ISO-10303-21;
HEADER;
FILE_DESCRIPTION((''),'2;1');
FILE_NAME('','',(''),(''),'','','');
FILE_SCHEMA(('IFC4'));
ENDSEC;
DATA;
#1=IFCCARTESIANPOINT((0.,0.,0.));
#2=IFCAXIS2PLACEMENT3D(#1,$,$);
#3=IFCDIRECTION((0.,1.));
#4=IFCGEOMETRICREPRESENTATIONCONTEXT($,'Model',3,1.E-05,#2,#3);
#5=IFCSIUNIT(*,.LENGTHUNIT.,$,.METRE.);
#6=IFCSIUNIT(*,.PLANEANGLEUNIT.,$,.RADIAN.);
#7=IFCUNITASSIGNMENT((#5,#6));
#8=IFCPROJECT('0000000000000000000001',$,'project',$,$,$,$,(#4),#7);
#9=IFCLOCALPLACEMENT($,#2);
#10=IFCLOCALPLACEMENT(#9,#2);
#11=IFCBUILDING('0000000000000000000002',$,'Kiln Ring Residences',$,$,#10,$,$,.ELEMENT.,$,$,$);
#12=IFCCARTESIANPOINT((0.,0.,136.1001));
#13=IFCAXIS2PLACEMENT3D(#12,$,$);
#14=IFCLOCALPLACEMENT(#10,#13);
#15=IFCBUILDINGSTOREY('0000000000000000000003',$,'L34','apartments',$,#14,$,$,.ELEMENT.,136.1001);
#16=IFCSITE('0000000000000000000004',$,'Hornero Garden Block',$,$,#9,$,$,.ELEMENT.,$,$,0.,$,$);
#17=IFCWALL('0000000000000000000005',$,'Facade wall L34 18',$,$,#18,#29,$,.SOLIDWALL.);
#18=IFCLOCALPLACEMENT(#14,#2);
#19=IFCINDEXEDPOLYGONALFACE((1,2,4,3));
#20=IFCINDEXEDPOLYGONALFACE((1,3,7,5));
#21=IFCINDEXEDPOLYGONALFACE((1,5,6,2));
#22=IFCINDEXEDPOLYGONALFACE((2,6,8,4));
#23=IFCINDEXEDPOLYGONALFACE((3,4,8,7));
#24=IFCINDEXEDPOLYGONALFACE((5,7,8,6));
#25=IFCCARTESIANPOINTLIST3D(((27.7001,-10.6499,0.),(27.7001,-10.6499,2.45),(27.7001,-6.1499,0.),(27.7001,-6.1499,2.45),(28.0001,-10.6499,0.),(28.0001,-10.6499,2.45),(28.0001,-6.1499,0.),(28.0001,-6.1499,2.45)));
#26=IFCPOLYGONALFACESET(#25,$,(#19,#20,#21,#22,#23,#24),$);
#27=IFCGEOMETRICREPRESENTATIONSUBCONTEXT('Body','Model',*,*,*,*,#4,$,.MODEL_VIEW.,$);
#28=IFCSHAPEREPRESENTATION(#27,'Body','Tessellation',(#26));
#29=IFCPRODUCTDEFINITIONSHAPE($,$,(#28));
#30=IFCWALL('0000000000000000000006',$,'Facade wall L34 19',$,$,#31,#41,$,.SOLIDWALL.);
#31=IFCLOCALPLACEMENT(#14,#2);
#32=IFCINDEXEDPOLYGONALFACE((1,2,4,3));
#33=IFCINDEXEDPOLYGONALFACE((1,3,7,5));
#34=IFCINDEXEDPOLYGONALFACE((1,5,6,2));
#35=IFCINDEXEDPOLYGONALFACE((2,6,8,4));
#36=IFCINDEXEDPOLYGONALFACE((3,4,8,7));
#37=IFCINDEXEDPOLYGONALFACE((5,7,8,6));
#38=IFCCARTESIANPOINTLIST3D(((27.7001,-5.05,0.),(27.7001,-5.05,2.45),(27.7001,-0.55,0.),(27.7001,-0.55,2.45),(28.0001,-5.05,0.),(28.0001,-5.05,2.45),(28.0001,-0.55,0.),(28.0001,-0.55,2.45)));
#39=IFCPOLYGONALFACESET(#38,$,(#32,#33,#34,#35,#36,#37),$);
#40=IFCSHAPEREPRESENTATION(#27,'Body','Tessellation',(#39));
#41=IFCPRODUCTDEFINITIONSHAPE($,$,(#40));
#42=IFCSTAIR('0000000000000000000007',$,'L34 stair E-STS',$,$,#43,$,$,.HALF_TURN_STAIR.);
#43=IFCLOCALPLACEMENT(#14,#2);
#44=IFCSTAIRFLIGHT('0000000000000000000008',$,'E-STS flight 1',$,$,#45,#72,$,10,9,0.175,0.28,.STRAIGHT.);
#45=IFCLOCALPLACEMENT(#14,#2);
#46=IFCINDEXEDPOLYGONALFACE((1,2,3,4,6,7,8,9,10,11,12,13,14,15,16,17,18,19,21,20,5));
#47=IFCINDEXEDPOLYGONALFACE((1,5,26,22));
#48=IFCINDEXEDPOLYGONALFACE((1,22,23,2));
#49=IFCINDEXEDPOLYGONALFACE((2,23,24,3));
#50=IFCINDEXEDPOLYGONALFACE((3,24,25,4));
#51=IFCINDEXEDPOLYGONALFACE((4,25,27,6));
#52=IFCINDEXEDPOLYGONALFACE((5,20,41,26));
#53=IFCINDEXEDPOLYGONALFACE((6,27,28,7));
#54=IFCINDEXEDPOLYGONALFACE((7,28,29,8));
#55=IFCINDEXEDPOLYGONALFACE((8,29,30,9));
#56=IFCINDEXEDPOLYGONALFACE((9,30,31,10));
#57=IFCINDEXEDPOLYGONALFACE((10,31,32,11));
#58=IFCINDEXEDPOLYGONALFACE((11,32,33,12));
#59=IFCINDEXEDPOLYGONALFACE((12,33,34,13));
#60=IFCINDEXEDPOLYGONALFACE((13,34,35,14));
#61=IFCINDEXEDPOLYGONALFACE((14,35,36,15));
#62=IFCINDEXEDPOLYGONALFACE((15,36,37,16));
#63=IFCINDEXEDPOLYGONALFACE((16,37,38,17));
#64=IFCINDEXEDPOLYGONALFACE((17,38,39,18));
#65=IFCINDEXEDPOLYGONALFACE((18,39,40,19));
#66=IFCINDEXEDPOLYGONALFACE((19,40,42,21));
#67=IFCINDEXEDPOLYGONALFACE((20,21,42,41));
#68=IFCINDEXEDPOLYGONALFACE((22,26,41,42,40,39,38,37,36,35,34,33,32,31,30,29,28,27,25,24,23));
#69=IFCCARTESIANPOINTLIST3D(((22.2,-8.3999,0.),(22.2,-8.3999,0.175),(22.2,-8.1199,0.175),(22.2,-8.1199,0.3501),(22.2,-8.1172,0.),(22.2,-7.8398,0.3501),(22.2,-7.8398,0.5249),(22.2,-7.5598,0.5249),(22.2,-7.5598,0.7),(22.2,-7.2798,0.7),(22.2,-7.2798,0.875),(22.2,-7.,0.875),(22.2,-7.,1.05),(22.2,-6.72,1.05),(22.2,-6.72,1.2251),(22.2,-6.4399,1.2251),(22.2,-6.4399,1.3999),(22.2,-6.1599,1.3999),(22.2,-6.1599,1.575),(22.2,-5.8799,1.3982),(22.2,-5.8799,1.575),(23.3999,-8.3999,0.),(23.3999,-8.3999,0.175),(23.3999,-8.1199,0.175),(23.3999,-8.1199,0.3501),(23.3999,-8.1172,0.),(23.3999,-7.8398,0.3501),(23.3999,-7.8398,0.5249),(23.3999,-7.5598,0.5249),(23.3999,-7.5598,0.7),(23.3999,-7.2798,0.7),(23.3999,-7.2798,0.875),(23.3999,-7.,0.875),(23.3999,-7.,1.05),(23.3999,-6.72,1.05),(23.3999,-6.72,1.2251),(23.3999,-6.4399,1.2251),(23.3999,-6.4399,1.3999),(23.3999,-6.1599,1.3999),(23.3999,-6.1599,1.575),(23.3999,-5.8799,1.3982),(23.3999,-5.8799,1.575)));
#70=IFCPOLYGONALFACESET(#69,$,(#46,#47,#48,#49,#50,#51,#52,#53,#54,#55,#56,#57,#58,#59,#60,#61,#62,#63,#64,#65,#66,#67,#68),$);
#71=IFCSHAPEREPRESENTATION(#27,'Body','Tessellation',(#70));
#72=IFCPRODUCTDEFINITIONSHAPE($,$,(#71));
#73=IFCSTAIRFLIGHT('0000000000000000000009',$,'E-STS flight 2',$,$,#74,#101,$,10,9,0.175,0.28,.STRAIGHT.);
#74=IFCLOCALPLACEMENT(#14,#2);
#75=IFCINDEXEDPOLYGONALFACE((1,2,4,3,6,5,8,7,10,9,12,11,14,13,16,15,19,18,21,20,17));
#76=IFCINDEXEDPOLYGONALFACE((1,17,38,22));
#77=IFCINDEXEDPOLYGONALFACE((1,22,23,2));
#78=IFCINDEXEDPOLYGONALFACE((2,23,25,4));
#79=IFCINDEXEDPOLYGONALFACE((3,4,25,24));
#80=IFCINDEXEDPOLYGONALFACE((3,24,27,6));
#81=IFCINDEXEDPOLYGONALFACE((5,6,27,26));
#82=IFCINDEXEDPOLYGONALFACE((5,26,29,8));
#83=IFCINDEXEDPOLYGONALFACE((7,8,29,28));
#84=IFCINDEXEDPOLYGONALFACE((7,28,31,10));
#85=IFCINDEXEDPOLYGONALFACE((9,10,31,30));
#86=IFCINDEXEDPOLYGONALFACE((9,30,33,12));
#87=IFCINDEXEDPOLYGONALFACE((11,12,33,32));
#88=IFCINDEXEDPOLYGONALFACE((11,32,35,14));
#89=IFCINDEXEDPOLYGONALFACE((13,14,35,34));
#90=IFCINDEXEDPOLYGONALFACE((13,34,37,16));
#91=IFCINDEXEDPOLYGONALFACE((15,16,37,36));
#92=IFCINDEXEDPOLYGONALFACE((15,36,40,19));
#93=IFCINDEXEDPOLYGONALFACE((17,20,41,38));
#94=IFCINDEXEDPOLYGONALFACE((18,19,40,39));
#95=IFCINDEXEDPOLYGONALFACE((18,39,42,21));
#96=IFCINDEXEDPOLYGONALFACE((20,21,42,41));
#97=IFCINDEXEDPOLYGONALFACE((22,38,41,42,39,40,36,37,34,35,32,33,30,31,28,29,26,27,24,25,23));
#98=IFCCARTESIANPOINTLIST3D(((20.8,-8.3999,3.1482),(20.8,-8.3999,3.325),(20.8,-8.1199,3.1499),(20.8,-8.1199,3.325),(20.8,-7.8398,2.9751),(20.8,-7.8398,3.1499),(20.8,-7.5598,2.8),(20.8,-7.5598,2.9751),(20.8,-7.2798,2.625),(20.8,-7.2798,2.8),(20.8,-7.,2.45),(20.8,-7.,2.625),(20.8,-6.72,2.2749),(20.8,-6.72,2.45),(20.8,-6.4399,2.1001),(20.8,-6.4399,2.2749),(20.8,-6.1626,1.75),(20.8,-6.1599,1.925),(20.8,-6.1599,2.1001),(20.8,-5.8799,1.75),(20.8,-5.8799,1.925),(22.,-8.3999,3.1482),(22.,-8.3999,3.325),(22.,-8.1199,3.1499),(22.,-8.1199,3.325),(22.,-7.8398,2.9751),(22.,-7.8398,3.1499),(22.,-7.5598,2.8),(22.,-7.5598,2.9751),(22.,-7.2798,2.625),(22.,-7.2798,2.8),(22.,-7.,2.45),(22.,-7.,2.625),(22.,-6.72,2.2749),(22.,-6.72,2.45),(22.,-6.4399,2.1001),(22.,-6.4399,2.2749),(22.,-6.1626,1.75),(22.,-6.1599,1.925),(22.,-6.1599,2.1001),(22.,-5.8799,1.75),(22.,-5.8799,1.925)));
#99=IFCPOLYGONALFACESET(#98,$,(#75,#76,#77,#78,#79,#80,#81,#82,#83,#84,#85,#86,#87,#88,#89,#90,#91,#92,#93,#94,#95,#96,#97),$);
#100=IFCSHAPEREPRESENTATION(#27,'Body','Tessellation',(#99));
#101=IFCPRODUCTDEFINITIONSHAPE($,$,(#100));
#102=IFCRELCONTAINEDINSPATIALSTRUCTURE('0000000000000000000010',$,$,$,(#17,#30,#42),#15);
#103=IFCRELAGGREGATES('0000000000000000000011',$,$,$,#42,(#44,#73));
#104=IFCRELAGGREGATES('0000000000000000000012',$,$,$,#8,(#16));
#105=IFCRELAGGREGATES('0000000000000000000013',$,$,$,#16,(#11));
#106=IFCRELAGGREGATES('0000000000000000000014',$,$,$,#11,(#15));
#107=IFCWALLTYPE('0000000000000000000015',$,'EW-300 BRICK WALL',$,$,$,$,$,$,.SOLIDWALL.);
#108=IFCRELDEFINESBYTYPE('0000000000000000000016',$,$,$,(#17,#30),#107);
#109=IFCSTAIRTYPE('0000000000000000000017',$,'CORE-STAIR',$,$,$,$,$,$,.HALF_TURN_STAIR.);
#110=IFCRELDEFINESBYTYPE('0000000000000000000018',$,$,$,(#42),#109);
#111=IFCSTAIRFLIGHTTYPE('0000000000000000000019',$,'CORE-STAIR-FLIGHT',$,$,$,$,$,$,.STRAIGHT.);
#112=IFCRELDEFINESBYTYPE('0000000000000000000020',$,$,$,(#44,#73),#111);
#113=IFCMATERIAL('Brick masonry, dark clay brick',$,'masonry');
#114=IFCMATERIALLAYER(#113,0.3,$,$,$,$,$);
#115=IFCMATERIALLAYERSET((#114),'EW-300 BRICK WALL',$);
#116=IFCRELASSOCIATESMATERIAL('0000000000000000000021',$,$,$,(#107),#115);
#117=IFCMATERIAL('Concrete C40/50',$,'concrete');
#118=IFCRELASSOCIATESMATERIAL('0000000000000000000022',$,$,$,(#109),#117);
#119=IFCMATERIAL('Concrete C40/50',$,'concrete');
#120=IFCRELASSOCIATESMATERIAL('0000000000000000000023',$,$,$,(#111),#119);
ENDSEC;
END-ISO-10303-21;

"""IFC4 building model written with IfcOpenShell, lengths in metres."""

from ifc_helpers import new_model, si_unit, direction, frame, frame_2d, origin, place, context, subcontext, project, spatial, polyline, rectangle, outline, extrude, material, layer, layer_set, type_object, element, aggregate, save


model = new_model("IFC4")

# Units and contexts
model_context = context("Model", 3, precision=1e-05, world=origin(), true_north=direction((0.0, 1.0)))
body_context = subcontext(model_context, "Body", "Model", "MODEL_VIEW")
ifc_project = project(units=[si_unit("LENGTHUNIT", "METRE"), si_unit("PLANEANGLEUNIT", "RADIAN")], contexts=[model_context])

# Site, building, storey
site_placement = place(None, origin())
site = spatial("IfcSite", under=ifc_project, at=site_placement, Name="Hornero Garden Block", CompositionType="ELEMENT", RefElevation=0.0)
building_placement = place(site_placement, origin())
building = spatial("IfcBuilding", under=site, at=building_placement, Name="Kiln Ring Residences", CompositionType="ELEMENT")
storey_placement = place(building_placement, frame((0.0, 0.0, 136.1001)))
storey = spatial("IfcBuildingStorey", under=building, at=storey_placement, Name="L34", Description="apartments", CompositionType="ELEMENT", Elevation=136.1001)

# Walls
ifc_material_1 = material(Name="Brick masonry, dark clay brick", Category="masonry")
ifc_layer_1 = layer(ifc_material_1, 0.3)
ifc_layer_set_1 = layer_set([ifc_layer_1], Name="EW-300 BRICK WALL")
wall_type_1 = type_object("IfcWallType", Name="EW-300 BRICK WALL", PredefinedType="SOLIDWALL", material=ifc_layer_set_1)
for number, where, z_axis, x_axis, name in (
    (1, (27.8501, -10.6499, 0.0), (0.0, 0.0, 1.0), (0.0, 1.0, 0.0), "Facade wall L34 18"),
    (2, (27.8501, -5.05, 0.0), (0.0, 0.0, 1.0), (0.0, 1.0, 0.0), "Facade wall L34 19"),
):
    element("IfcWall", number, at=place(storey_placement, frame(where, z_axis=z_axis, x_axis=x_axis)), inside=storey, type_object=wall_type_1, Name=name, PredefinedType="SOLIDWALL", context=body_context, shape_type="SweptSolid", body=[
        extrude(rectangle(XDim=4.5, YDim=0.3, at=frame_2d((2.25, 0.0))), origin(), (0.0, 0.0, 1.0), 2.45),
    ])

# Stair, stair flights
ifc_material_2 = material(Name="Concrete C40/50", Category="concrete")
stair_type = type_object("IfcStairType", Name="CORE-STAIR", PredefinedType="HALF_TURN_STAIR", material=ifc_material_2)
stair_placement = place(storey_placement, origin())
stair = element("IfcStair", 3, at=stair_placement, inside=storey, type_object=stair_type, Name="L34 stair E-STS", PredefinedType="HALF_TURN_STAIR")
ifc_material_3 = material(Name="Concrete C40/50", Category="concrete")
stair_flight_type = type_object("IfcStairFlightType", Name="CORE-STAIR-FLIGHT", PredefinedType="STRAIGHT", material=ifc_material_3)
stair_flight_1_placement = place(storey_placement, frame((22.8, -8.3999, 0.0), z_axis=(0.0, 0.0, 1.0), x_axis=(0.0, 1.0, 0.0)))
stair_flight_1 = element("IfcStairFlight", 4, at=stair_flight_1_placement, type_object=stair_flight_type, Name="E-STS flight 1", NumberOfRisers=10, NumberOfTreads=9, PredefinedType="STRAIGHT", RiserHeight=0.175, TreadLength=0.28, context=body_context, shape_type="SweptSolid", body=[
    extrude(outline(polyline([(0.0, 0.0), (0.0, 0.175), (0.28, 0.175), (0.28, 0.3501), (0.5601, 0.3501), (0.5601, 0.5249), (0.8401, 0.5249), (0.8401, 0.7), (1.1201, 0.7), (1.1201, 0.875), (1.3999, 0.875), (1.3999, 1.05), (1.6799, 1.05), (1.6799, 1.2251), (1.96, 1.2251), (1.96, 1.3999), (2.24, 1.3999), (2.24, 1.575), (2.52, 1.575), (2.52, 1.75), (2.52, 1.3982), (0.2827, 0.0), (0.0, 0.0)])), frame((0.0, 0.6001, 0.0), z_axis=(0.0, -1.0, 0.0), x_axis=(1.0, 0.0, 0.0)), (0.0, 0.0, 1.0), 1.2),
])
stair_flight_2_placement = place(storey_placement, frame((21.3999, -5.8799, 1.75), z_axis=(0.0, 0.0, 1.0), x_axis=(0.0, -1.0, 0.0)))
stair_flight_2 = element("IfcStairFlight", 5, at=stair_flight_2_placement, type_object=stair_flight_type, Name="E-STS flight 2", NumberOfRisers=10, NumberOfTreads=9, PredefinedType="STRAIGHT", RiserHeight=0.175, TreadLength=0.28, context=body_context, shape_type="SweptSolid", body=[
    extrude(outline(polyline([(0.0, 0.0), (0.0, 0.175), (0.28, 0.175), (0.28, 0.3501), (0.5601, 0.3501), (0.5601, 0.5249), (0.8401, 0.5249), (0.8401, 0.7), (1.1201, 0.7), (1.1201, 0.875), (1.3999, 0.875), (1.3999, 1.05), (1.6799, 1.05), (1.6799, 1.2251), (1.96, 1.2251), (1.96, 1.3999), (2.24, 1.3999), (2.24, 1.575), (2.52, 1.575), (2.52, 1.75), (2.52, 1.3982), (0.2827, 0.0), (0.0, 0.0)])), frame((0.0, 0.6001, 0.0), z_axis=(0.0, -1.0, 0.0), x_axis=(1.0, 0.0, 0.0)), (0.0, 0.0, 1.0), 1.2),
])
aggregate(stair, [stair_flight_1, stair_flight_2])

save(model, "model.ifc")
